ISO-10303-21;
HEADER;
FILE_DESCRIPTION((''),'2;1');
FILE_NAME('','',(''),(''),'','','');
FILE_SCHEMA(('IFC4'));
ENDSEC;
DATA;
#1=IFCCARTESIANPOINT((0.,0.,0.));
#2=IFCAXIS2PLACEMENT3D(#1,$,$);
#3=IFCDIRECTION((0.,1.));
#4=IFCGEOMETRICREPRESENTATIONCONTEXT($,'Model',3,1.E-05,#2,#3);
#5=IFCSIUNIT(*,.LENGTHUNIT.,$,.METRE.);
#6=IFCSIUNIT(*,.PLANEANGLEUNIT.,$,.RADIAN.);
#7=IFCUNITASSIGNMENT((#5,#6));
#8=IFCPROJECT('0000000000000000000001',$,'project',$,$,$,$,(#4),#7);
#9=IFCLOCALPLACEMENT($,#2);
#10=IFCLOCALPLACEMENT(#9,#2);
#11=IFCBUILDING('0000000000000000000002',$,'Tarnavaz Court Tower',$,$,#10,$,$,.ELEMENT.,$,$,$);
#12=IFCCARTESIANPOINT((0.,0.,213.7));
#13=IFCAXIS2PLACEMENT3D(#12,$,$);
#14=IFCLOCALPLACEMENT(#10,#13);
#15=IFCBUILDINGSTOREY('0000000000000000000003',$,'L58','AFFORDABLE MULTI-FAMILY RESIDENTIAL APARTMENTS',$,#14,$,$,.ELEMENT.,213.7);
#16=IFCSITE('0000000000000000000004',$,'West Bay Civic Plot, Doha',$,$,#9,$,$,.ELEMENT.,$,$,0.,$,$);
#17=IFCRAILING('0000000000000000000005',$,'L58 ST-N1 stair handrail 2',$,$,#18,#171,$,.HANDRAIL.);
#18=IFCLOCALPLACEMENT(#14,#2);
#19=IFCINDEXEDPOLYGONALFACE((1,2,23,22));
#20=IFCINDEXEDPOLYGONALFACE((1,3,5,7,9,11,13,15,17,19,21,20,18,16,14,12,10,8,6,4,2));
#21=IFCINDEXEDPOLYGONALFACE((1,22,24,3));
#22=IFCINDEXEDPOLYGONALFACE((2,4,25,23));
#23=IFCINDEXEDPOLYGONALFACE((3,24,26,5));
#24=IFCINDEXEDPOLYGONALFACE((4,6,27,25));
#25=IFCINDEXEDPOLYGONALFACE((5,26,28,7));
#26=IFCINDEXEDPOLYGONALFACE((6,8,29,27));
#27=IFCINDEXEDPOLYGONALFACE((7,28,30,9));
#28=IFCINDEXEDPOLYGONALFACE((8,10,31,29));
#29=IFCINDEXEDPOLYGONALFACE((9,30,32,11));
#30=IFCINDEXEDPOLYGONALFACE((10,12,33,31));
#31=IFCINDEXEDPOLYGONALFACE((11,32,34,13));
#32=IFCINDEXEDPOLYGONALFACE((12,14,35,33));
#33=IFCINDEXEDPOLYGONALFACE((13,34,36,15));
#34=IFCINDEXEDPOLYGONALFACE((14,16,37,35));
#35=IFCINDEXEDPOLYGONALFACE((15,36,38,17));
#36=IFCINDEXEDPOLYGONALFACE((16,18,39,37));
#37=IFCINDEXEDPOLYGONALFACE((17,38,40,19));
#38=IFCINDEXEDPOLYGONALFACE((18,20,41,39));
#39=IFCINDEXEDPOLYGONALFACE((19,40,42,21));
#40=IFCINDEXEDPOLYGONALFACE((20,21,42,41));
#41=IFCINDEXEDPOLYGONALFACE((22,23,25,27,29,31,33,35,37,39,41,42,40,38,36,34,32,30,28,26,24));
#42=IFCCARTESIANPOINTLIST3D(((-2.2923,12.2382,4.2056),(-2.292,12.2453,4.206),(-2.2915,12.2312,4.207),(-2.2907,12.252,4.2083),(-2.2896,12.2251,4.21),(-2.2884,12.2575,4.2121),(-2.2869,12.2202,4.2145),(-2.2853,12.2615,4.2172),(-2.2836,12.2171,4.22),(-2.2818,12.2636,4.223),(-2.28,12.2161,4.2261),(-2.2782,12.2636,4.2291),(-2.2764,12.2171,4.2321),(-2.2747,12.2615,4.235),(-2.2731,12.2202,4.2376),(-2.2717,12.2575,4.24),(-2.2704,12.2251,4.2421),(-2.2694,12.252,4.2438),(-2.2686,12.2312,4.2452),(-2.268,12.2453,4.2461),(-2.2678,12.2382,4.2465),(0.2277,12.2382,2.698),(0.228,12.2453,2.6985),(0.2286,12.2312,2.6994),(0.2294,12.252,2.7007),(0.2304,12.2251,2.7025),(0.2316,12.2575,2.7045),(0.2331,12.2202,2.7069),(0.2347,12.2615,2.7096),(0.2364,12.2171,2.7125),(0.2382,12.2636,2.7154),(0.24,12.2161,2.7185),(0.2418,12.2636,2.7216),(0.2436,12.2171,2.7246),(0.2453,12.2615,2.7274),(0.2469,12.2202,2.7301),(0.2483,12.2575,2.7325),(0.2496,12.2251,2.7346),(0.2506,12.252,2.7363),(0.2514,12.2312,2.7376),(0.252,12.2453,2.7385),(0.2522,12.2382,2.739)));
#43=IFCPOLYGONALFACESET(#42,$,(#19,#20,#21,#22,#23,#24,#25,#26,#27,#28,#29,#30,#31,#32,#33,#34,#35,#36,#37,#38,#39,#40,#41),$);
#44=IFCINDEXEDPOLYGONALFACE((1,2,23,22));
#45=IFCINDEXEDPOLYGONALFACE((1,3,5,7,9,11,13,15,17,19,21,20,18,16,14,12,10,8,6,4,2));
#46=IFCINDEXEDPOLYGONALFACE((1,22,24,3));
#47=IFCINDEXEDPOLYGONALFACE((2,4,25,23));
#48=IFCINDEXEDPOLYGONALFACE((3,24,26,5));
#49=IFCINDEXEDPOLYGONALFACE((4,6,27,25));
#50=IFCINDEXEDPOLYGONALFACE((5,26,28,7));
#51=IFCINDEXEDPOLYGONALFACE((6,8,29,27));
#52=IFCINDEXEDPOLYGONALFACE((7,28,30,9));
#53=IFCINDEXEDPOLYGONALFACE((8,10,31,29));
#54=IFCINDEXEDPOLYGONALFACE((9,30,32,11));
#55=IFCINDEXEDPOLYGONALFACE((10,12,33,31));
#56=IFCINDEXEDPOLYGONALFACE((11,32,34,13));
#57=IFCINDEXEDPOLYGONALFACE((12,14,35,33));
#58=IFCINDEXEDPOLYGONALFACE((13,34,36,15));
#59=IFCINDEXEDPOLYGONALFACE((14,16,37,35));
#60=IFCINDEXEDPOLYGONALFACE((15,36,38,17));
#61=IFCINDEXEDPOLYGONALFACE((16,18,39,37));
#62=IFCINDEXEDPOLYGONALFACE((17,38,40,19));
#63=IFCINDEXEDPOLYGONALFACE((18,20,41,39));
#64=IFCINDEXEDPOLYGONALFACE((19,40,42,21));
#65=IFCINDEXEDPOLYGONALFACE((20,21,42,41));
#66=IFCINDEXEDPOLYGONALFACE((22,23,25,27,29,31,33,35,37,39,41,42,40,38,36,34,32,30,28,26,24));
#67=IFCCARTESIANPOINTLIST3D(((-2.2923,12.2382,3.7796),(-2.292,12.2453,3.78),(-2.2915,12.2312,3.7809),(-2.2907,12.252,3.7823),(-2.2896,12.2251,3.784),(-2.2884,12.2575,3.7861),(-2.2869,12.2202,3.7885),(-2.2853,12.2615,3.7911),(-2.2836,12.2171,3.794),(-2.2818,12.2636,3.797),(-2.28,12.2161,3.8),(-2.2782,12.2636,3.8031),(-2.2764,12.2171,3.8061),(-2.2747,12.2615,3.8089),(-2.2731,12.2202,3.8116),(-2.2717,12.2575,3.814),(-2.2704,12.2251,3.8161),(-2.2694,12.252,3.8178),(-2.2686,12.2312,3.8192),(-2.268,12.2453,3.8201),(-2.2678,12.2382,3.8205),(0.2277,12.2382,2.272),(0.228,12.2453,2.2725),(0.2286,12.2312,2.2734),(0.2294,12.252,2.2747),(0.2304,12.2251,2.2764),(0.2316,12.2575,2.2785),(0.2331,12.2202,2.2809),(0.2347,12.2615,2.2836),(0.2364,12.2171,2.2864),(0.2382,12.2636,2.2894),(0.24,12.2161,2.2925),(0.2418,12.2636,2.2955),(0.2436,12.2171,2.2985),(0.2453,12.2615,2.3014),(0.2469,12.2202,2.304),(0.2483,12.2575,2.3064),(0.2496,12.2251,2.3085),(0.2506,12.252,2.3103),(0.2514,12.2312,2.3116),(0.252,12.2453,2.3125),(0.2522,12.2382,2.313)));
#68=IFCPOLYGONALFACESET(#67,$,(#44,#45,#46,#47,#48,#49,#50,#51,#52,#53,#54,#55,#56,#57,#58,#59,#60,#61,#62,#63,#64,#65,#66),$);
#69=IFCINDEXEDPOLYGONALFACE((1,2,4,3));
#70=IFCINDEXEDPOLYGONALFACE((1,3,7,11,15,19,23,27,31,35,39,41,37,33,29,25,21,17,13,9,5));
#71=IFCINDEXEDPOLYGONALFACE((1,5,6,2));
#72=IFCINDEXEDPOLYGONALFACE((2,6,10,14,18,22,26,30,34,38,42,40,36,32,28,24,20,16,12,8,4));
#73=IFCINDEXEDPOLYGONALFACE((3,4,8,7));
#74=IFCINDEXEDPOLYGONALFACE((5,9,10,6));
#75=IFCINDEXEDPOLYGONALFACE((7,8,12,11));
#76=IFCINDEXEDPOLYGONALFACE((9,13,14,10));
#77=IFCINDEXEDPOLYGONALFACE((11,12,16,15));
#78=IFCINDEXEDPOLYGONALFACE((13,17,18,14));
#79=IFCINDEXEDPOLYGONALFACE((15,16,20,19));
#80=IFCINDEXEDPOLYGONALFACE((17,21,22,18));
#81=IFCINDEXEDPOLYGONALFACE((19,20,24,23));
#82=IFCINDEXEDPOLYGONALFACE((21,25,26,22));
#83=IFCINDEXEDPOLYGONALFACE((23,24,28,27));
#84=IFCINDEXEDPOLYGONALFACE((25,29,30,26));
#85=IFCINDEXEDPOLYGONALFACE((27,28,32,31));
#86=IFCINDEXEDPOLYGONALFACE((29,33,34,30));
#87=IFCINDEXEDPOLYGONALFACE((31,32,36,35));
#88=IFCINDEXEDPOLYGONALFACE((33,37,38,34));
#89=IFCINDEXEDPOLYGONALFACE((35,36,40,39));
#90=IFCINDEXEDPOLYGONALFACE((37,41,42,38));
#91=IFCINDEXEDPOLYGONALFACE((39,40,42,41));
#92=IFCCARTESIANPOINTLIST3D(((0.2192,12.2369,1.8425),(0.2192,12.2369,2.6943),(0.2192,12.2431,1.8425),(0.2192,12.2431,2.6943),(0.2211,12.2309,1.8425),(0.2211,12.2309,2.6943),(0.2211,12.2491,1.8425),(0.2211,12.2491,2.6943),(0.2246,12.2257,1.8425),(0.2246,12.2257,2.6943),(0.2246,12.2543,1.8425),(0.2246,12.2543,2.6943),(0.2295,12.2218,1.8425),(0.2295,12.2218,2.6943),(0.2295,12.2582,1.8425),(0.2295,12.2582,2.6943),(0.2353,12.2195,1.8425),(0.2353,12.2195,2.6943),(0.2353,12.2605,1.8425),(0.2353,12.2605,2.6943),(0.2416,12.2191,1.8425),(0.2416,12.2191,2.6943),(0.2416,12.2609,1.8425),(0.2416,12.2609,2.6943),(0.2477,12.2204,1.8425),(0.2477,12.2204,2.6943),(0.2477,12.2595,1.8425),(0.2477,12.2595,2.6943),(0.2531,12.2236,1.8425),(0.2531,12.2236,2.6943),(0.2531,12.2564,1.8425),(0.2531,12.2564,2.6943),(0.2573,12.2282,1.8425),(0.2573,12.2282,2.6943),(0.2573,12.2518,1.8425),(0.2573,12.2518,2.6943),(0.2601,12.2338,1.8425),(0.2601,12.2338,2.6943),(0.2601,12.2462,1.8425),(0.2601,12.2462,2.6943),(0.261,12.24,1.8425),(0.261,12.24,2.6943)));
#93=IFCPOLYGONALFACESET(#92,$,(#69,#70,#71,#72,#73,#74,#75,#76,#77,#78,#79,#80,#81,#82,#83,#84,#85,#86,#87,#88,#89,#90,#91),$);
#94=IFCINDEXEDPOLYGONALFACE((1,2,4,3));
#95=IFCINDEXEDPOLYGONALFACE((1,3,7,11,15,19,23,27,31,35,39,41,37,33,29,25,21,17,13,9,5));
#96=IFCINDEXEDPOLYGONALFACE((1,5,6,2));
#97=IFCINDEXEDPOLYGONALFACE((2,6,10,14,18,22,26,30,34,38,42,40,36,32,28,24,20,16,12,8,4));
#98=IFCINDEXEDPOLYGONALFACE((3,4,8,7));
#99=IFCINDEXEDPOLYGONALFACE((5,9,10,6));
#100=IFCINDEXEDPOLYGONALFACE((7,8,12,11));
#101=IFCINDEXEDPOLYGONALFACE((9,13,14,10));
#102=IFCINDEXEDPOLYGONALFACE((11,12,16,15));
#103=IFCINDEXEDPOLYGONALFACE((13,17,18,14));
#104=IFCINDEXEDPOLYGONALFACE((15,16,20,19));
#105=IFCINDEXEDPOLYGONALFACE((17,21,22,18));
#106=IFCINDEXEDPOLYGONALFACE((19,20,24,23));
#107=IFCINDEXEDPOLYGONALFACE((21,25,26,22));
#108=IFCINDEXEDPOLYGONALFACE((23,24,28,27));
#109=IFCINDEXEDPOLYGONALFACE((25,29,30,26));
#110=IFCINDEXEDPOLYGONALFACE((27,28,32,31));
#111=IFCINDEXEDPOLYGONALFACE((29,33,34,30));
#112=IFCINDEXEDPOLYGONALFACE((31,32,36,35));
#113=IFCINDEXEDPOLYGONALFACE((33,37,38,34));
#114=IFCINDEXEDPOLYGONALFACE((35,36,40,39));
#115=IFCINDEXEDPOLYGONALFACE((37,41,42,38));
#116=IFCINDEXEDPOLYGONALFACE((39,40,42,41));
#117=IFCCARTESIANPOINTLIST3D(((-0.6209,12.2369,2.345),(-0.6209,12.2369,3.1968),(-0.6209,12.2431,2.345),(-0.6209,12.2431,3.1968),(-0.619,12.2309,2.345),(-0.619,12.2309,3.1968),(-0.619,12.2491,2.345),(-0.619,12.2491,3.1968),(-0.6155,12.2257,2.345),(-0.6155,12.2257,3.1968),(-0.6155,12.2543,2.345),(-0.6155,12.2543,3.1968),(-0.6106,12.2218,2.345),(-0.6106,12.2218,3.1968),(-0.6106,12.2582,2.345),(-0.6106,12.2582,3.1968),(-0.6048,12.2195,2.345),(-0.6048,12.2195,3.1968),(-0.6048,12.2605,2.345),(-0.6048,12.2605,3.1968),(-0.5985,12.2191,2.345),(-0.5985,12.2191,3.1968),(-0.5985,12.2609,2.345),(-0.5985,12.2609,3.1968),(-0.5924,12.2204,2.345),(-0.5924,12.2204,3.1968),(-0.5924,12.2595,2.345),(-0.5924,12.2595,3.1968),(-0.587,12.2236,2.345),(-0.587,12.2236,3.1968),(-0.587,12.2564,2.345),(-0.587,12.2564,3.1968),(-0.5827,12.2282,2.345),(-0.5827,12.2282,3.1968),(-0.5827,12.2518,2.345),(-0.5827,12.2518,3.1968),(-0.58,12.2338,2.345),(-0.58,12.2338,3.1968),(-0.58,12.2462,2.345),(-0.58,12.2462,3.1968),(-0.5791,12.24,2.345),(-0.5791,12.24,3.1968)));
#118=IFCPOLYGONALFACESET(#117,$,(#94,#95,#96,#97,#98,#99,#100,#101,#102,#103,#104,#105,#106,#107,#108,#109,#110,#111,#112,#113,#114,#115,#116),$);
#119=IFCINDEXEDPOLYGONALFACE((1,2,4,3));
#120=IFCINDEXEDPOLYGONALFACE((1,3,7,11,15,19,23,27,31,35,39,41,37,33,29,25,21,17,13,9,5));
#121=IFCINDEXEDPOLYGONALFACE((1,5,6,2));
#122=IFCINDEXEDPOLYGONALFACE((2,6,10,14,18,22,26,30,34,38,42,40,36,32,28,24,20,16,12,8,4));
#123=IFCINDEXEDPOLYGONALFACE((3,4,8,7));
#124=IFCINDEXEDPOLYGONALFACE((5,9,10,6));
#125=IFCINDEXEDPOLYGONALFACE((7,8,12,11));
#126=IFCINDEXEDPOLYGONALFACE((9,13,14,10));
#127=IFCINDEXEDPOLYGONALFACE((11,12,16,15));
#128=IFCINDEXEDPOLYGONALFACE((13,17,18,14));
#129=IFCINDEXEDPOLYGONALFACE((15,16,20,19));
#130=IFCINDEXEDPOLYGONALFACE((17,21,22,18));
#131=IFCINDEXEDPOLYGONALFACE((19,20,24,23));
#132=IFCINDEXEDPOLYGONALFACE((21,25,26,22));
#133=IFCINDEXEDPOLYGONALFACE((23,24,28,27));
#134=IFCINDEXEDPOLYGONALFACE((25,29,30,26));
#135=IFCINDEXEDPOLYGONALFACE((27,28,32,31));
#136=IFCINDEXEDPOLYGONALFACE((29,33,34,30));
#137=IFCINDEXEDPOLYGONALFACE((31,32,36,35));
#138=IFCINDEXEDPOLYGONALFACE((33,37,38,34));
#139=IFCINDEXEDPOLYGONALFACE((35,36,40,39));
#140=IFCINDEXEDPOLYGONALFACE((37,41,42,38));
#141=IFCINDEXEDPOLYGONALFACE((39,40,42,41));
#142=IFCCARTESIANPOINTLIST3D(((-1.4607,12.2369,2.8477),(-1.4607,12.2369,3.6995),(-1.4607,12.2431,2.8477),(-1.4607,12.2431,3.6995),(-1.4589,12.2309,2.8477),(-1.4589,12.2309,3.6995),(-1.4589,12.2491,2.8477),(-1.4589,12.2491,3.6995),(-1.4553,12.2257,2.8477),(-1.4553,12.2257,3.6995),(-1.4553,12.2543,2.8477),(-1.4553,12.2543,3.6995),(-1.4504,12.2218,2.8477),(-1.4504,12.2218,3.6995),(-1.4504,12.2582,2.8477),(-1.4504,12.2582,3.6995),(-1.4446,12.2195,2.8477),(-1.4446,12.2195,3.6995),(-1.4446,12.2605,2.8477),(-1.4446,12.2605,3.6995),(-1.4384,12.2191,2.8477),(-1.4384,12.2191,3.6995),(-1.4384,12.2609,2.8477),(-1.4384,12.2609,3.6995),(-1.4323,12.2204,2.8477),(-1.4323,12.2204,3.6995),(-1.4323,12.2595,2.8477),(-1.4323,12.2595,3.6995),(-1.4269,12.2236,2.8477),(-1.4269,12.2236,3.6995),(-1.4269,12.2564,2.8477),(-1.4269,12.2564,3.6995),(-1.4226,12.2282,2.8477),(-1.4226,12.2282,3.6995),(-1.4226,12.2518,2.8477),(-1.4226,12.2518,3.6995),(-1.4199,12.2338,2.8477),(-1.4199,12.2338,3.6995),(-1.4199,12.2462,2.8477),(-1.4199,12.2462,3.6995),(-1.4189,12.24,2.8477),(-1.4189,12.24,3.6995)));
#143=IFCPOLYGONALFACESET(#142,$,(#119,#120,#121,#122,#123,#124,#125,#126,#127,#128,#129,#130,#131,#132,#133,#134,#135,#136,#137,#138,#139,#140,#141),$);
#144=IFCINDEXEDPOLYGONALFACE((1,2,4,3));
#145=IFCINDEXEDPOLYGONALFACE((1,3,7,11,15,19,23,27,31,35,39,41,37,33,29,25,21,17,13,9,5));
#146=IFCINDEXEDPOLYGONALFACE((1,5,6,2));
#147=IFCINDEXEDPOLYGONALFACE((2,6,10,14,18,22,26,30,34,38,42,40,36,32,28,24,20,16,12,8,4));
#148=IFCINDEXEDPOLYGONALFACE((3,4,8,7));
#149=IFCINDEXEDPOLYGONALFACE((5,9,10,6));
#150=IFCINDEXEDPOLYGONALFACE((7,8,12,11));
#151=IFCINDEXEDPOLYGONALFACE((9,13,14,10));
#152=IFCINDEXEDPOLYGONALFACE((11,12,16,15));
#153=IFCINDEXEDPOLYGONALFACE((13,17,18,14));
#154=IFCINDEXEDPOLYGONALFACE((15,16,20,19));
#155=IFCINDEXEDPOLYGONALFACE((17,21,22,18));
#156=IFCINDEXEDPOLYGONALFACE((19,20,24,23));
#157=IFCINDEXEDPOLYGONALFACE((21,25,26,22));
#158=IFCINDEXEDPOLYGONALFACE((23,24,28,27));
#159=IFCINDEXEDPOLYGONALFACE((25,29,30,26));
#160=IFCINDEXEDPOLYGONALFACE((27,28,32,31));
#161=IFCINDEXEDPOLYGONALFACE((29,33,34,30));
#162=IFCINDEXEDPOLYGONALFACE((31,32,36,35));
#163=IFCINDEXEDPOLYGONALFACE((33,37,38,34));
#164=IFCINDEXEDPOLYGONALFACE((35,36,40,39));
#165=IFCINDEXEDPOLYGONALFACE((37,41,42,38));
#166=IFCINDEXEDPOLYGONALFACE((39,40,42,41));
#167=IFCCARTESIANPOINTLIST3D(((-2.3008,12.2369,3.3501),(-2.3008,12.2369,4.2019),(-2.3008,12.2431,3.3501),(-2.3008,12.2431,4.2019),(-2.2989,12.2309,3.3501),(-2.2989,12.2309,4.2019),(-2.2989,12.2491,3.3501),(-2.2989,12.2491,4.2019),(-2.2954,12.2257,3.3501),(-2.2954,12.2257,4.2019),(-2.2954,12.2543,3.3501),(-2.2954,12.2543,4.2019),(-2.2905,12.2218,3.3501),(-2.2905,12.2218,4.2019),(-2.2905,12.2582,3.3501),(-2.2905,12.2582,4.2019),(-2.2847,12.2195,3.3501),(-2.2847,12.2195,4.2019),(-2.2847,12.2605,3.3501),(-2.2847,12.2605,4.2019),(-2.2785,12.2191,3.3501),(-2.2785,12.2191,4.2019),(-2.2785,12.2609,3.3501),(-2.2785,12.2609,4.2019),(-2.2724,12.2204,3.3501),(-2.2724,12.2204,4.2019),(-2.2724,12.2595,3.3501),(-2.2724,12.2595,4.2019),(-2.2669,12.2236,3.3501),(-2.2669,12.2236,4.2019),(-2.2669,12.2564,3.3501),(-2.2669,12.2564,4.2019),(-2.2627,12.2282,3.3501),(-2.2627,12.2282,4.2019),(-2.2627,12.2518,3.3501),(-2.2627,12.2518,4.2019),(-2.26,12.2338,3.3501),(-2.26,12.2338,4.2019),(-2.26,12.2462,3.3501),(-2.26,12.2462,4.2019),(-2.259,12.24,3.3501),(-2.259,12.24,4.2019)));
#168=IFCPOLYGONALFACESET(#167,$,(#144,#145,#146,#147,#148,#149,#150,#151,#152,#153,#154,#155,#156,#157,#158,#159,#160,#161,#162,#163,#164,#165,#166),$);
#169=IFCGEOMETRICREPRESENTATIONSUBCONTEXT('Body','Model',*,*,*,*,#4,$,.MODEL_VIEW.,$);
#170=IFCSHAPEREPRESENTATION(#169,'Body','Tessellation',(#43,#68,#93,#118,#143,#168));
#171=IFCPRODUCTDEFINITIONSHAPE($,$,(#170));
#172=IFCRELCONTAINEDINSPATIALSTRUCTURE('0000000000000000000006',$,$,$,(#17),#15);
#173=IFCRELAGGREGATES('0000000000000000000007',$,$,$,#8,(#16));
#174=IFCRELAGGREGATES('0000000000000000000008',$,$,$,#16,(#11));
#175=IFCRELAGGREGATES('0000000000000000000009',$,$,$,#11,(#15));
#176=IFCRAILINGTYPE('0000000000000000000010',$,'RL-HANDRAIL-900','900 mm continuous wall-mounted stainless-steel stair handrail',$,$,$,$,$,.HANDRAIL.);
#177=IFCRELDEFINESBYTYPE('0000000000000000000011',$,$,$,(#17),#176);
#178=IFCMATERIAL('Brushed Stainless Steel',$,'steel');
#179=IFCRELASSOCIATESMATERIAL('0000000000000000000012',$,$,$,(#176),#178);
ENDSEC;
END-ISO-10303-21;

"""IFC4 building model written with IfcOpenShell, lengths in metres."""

from ifc_helpers import new_model, si_unit, direction, frame, origin, origin_2d, place, context, subcontext, project, spatial, circle, extrude, material, type_object, element, save


model = new_model("IFC4")

# Units and contexts
model_context = context("Model", 3, precision=1e-05, world=origin(), true_north=direction((0.0, 1.0)))
body_context = subcontext(model_context, "Body", "Model", "MODEL_VIEW")
ifc_project = project(units=[si_unit("LENGTHUNIT", "METRE"), si_unit("PLANEANGLEUNIT", "RADIAN")], contexts=[model_context])

# Site, building, storey
site_placement = place(None, origin())
site = spatial("IfcSite", under=ifc_project, at=site_placement, Name="West Bay Civic Plot, Doha", CompositionType="ELEMENT", RefElevation=0.0)
building_placement = place(site_placement, origin())
building = spatial("IfcBuilding", under=site, at=building_placement, Name="Tarnavaz Court Tower", CompositionType="ELEMENT")
storey_placement = place(building_placement, frame((0.0, 0.0, 213.7)))
storey = spatial("IfcBuildingStorey", under=building, at=storey_placement, Name="L58", Description="AFFORDABLE MULTI-FAMILY RESIDENTIAL APARTMENTS", CompositionType="ELEMENT", Elevation=213.7)

# Railing
ifc_material_1 = material(Name="Brushed Stainless Steel", Category="steel")
railing_type_1 = type_object("IfcRailingType", Name="RL-HANDRAIL-900", Description="900 mm continuous wall-mounted stainless-steel stair handrail", PredefinedType="HANDRAIL", material=ifc_material_1)
railing_1_placement = place(storey_placement, frame((0.24, 12.24, 1.8425)))
element("IfcRailing", 1, at=railing_1_placement, inside=storey, type_object=railing_type_1, Name="L58 ST-N1 stair handrail 2", PredefinedType="HANDRAIL", context=body_context, shape_type="SweptSolid", body=[
    extrude(circle(Radius=0.0239, at=origin_2d()), frame((0.0, 0.0, 0.876), z_axis=(-0.85816, 0.0, 0.513383), x_axis=(0.0, -1.0, 0.0)), (0.0, 0.0, 1.0), 2.9365),
    extrude(circle(Radius=0.0239, at=origin_2d()), frame((0.0, 0.0, 0.45), z_axis=(-0.85816, 0.0, 0.513383), x_axis=(0.0, -1.0, 0.0)), (0.0, 0.0, 1.0), 2.9365),
    extrude(circle(Radius=0.021, at=origin_2d()), origin(), (0.0, 0.0, 1.0), 0.8518),
    extrude(circle(Radius=0.021, at=origin_2d()), frame((-0.8401, 0.0, 0.5024)), (0.0, 0.0, 1.0), 0.8518),
    extrude(circle(Radius=0.021, at=origin_2d()), frame((-1.6799, 0.0, 1.0051)), (0.0, 0.0, 1.0), 0.8518),
    extrude(circle(Radius=0.021, at=origin_2d()), frame((-2.52, 0.0, 1.5076)), (0.0, 0.0, 1.0), 0.8518),
])

save(model, "model.ifc")
